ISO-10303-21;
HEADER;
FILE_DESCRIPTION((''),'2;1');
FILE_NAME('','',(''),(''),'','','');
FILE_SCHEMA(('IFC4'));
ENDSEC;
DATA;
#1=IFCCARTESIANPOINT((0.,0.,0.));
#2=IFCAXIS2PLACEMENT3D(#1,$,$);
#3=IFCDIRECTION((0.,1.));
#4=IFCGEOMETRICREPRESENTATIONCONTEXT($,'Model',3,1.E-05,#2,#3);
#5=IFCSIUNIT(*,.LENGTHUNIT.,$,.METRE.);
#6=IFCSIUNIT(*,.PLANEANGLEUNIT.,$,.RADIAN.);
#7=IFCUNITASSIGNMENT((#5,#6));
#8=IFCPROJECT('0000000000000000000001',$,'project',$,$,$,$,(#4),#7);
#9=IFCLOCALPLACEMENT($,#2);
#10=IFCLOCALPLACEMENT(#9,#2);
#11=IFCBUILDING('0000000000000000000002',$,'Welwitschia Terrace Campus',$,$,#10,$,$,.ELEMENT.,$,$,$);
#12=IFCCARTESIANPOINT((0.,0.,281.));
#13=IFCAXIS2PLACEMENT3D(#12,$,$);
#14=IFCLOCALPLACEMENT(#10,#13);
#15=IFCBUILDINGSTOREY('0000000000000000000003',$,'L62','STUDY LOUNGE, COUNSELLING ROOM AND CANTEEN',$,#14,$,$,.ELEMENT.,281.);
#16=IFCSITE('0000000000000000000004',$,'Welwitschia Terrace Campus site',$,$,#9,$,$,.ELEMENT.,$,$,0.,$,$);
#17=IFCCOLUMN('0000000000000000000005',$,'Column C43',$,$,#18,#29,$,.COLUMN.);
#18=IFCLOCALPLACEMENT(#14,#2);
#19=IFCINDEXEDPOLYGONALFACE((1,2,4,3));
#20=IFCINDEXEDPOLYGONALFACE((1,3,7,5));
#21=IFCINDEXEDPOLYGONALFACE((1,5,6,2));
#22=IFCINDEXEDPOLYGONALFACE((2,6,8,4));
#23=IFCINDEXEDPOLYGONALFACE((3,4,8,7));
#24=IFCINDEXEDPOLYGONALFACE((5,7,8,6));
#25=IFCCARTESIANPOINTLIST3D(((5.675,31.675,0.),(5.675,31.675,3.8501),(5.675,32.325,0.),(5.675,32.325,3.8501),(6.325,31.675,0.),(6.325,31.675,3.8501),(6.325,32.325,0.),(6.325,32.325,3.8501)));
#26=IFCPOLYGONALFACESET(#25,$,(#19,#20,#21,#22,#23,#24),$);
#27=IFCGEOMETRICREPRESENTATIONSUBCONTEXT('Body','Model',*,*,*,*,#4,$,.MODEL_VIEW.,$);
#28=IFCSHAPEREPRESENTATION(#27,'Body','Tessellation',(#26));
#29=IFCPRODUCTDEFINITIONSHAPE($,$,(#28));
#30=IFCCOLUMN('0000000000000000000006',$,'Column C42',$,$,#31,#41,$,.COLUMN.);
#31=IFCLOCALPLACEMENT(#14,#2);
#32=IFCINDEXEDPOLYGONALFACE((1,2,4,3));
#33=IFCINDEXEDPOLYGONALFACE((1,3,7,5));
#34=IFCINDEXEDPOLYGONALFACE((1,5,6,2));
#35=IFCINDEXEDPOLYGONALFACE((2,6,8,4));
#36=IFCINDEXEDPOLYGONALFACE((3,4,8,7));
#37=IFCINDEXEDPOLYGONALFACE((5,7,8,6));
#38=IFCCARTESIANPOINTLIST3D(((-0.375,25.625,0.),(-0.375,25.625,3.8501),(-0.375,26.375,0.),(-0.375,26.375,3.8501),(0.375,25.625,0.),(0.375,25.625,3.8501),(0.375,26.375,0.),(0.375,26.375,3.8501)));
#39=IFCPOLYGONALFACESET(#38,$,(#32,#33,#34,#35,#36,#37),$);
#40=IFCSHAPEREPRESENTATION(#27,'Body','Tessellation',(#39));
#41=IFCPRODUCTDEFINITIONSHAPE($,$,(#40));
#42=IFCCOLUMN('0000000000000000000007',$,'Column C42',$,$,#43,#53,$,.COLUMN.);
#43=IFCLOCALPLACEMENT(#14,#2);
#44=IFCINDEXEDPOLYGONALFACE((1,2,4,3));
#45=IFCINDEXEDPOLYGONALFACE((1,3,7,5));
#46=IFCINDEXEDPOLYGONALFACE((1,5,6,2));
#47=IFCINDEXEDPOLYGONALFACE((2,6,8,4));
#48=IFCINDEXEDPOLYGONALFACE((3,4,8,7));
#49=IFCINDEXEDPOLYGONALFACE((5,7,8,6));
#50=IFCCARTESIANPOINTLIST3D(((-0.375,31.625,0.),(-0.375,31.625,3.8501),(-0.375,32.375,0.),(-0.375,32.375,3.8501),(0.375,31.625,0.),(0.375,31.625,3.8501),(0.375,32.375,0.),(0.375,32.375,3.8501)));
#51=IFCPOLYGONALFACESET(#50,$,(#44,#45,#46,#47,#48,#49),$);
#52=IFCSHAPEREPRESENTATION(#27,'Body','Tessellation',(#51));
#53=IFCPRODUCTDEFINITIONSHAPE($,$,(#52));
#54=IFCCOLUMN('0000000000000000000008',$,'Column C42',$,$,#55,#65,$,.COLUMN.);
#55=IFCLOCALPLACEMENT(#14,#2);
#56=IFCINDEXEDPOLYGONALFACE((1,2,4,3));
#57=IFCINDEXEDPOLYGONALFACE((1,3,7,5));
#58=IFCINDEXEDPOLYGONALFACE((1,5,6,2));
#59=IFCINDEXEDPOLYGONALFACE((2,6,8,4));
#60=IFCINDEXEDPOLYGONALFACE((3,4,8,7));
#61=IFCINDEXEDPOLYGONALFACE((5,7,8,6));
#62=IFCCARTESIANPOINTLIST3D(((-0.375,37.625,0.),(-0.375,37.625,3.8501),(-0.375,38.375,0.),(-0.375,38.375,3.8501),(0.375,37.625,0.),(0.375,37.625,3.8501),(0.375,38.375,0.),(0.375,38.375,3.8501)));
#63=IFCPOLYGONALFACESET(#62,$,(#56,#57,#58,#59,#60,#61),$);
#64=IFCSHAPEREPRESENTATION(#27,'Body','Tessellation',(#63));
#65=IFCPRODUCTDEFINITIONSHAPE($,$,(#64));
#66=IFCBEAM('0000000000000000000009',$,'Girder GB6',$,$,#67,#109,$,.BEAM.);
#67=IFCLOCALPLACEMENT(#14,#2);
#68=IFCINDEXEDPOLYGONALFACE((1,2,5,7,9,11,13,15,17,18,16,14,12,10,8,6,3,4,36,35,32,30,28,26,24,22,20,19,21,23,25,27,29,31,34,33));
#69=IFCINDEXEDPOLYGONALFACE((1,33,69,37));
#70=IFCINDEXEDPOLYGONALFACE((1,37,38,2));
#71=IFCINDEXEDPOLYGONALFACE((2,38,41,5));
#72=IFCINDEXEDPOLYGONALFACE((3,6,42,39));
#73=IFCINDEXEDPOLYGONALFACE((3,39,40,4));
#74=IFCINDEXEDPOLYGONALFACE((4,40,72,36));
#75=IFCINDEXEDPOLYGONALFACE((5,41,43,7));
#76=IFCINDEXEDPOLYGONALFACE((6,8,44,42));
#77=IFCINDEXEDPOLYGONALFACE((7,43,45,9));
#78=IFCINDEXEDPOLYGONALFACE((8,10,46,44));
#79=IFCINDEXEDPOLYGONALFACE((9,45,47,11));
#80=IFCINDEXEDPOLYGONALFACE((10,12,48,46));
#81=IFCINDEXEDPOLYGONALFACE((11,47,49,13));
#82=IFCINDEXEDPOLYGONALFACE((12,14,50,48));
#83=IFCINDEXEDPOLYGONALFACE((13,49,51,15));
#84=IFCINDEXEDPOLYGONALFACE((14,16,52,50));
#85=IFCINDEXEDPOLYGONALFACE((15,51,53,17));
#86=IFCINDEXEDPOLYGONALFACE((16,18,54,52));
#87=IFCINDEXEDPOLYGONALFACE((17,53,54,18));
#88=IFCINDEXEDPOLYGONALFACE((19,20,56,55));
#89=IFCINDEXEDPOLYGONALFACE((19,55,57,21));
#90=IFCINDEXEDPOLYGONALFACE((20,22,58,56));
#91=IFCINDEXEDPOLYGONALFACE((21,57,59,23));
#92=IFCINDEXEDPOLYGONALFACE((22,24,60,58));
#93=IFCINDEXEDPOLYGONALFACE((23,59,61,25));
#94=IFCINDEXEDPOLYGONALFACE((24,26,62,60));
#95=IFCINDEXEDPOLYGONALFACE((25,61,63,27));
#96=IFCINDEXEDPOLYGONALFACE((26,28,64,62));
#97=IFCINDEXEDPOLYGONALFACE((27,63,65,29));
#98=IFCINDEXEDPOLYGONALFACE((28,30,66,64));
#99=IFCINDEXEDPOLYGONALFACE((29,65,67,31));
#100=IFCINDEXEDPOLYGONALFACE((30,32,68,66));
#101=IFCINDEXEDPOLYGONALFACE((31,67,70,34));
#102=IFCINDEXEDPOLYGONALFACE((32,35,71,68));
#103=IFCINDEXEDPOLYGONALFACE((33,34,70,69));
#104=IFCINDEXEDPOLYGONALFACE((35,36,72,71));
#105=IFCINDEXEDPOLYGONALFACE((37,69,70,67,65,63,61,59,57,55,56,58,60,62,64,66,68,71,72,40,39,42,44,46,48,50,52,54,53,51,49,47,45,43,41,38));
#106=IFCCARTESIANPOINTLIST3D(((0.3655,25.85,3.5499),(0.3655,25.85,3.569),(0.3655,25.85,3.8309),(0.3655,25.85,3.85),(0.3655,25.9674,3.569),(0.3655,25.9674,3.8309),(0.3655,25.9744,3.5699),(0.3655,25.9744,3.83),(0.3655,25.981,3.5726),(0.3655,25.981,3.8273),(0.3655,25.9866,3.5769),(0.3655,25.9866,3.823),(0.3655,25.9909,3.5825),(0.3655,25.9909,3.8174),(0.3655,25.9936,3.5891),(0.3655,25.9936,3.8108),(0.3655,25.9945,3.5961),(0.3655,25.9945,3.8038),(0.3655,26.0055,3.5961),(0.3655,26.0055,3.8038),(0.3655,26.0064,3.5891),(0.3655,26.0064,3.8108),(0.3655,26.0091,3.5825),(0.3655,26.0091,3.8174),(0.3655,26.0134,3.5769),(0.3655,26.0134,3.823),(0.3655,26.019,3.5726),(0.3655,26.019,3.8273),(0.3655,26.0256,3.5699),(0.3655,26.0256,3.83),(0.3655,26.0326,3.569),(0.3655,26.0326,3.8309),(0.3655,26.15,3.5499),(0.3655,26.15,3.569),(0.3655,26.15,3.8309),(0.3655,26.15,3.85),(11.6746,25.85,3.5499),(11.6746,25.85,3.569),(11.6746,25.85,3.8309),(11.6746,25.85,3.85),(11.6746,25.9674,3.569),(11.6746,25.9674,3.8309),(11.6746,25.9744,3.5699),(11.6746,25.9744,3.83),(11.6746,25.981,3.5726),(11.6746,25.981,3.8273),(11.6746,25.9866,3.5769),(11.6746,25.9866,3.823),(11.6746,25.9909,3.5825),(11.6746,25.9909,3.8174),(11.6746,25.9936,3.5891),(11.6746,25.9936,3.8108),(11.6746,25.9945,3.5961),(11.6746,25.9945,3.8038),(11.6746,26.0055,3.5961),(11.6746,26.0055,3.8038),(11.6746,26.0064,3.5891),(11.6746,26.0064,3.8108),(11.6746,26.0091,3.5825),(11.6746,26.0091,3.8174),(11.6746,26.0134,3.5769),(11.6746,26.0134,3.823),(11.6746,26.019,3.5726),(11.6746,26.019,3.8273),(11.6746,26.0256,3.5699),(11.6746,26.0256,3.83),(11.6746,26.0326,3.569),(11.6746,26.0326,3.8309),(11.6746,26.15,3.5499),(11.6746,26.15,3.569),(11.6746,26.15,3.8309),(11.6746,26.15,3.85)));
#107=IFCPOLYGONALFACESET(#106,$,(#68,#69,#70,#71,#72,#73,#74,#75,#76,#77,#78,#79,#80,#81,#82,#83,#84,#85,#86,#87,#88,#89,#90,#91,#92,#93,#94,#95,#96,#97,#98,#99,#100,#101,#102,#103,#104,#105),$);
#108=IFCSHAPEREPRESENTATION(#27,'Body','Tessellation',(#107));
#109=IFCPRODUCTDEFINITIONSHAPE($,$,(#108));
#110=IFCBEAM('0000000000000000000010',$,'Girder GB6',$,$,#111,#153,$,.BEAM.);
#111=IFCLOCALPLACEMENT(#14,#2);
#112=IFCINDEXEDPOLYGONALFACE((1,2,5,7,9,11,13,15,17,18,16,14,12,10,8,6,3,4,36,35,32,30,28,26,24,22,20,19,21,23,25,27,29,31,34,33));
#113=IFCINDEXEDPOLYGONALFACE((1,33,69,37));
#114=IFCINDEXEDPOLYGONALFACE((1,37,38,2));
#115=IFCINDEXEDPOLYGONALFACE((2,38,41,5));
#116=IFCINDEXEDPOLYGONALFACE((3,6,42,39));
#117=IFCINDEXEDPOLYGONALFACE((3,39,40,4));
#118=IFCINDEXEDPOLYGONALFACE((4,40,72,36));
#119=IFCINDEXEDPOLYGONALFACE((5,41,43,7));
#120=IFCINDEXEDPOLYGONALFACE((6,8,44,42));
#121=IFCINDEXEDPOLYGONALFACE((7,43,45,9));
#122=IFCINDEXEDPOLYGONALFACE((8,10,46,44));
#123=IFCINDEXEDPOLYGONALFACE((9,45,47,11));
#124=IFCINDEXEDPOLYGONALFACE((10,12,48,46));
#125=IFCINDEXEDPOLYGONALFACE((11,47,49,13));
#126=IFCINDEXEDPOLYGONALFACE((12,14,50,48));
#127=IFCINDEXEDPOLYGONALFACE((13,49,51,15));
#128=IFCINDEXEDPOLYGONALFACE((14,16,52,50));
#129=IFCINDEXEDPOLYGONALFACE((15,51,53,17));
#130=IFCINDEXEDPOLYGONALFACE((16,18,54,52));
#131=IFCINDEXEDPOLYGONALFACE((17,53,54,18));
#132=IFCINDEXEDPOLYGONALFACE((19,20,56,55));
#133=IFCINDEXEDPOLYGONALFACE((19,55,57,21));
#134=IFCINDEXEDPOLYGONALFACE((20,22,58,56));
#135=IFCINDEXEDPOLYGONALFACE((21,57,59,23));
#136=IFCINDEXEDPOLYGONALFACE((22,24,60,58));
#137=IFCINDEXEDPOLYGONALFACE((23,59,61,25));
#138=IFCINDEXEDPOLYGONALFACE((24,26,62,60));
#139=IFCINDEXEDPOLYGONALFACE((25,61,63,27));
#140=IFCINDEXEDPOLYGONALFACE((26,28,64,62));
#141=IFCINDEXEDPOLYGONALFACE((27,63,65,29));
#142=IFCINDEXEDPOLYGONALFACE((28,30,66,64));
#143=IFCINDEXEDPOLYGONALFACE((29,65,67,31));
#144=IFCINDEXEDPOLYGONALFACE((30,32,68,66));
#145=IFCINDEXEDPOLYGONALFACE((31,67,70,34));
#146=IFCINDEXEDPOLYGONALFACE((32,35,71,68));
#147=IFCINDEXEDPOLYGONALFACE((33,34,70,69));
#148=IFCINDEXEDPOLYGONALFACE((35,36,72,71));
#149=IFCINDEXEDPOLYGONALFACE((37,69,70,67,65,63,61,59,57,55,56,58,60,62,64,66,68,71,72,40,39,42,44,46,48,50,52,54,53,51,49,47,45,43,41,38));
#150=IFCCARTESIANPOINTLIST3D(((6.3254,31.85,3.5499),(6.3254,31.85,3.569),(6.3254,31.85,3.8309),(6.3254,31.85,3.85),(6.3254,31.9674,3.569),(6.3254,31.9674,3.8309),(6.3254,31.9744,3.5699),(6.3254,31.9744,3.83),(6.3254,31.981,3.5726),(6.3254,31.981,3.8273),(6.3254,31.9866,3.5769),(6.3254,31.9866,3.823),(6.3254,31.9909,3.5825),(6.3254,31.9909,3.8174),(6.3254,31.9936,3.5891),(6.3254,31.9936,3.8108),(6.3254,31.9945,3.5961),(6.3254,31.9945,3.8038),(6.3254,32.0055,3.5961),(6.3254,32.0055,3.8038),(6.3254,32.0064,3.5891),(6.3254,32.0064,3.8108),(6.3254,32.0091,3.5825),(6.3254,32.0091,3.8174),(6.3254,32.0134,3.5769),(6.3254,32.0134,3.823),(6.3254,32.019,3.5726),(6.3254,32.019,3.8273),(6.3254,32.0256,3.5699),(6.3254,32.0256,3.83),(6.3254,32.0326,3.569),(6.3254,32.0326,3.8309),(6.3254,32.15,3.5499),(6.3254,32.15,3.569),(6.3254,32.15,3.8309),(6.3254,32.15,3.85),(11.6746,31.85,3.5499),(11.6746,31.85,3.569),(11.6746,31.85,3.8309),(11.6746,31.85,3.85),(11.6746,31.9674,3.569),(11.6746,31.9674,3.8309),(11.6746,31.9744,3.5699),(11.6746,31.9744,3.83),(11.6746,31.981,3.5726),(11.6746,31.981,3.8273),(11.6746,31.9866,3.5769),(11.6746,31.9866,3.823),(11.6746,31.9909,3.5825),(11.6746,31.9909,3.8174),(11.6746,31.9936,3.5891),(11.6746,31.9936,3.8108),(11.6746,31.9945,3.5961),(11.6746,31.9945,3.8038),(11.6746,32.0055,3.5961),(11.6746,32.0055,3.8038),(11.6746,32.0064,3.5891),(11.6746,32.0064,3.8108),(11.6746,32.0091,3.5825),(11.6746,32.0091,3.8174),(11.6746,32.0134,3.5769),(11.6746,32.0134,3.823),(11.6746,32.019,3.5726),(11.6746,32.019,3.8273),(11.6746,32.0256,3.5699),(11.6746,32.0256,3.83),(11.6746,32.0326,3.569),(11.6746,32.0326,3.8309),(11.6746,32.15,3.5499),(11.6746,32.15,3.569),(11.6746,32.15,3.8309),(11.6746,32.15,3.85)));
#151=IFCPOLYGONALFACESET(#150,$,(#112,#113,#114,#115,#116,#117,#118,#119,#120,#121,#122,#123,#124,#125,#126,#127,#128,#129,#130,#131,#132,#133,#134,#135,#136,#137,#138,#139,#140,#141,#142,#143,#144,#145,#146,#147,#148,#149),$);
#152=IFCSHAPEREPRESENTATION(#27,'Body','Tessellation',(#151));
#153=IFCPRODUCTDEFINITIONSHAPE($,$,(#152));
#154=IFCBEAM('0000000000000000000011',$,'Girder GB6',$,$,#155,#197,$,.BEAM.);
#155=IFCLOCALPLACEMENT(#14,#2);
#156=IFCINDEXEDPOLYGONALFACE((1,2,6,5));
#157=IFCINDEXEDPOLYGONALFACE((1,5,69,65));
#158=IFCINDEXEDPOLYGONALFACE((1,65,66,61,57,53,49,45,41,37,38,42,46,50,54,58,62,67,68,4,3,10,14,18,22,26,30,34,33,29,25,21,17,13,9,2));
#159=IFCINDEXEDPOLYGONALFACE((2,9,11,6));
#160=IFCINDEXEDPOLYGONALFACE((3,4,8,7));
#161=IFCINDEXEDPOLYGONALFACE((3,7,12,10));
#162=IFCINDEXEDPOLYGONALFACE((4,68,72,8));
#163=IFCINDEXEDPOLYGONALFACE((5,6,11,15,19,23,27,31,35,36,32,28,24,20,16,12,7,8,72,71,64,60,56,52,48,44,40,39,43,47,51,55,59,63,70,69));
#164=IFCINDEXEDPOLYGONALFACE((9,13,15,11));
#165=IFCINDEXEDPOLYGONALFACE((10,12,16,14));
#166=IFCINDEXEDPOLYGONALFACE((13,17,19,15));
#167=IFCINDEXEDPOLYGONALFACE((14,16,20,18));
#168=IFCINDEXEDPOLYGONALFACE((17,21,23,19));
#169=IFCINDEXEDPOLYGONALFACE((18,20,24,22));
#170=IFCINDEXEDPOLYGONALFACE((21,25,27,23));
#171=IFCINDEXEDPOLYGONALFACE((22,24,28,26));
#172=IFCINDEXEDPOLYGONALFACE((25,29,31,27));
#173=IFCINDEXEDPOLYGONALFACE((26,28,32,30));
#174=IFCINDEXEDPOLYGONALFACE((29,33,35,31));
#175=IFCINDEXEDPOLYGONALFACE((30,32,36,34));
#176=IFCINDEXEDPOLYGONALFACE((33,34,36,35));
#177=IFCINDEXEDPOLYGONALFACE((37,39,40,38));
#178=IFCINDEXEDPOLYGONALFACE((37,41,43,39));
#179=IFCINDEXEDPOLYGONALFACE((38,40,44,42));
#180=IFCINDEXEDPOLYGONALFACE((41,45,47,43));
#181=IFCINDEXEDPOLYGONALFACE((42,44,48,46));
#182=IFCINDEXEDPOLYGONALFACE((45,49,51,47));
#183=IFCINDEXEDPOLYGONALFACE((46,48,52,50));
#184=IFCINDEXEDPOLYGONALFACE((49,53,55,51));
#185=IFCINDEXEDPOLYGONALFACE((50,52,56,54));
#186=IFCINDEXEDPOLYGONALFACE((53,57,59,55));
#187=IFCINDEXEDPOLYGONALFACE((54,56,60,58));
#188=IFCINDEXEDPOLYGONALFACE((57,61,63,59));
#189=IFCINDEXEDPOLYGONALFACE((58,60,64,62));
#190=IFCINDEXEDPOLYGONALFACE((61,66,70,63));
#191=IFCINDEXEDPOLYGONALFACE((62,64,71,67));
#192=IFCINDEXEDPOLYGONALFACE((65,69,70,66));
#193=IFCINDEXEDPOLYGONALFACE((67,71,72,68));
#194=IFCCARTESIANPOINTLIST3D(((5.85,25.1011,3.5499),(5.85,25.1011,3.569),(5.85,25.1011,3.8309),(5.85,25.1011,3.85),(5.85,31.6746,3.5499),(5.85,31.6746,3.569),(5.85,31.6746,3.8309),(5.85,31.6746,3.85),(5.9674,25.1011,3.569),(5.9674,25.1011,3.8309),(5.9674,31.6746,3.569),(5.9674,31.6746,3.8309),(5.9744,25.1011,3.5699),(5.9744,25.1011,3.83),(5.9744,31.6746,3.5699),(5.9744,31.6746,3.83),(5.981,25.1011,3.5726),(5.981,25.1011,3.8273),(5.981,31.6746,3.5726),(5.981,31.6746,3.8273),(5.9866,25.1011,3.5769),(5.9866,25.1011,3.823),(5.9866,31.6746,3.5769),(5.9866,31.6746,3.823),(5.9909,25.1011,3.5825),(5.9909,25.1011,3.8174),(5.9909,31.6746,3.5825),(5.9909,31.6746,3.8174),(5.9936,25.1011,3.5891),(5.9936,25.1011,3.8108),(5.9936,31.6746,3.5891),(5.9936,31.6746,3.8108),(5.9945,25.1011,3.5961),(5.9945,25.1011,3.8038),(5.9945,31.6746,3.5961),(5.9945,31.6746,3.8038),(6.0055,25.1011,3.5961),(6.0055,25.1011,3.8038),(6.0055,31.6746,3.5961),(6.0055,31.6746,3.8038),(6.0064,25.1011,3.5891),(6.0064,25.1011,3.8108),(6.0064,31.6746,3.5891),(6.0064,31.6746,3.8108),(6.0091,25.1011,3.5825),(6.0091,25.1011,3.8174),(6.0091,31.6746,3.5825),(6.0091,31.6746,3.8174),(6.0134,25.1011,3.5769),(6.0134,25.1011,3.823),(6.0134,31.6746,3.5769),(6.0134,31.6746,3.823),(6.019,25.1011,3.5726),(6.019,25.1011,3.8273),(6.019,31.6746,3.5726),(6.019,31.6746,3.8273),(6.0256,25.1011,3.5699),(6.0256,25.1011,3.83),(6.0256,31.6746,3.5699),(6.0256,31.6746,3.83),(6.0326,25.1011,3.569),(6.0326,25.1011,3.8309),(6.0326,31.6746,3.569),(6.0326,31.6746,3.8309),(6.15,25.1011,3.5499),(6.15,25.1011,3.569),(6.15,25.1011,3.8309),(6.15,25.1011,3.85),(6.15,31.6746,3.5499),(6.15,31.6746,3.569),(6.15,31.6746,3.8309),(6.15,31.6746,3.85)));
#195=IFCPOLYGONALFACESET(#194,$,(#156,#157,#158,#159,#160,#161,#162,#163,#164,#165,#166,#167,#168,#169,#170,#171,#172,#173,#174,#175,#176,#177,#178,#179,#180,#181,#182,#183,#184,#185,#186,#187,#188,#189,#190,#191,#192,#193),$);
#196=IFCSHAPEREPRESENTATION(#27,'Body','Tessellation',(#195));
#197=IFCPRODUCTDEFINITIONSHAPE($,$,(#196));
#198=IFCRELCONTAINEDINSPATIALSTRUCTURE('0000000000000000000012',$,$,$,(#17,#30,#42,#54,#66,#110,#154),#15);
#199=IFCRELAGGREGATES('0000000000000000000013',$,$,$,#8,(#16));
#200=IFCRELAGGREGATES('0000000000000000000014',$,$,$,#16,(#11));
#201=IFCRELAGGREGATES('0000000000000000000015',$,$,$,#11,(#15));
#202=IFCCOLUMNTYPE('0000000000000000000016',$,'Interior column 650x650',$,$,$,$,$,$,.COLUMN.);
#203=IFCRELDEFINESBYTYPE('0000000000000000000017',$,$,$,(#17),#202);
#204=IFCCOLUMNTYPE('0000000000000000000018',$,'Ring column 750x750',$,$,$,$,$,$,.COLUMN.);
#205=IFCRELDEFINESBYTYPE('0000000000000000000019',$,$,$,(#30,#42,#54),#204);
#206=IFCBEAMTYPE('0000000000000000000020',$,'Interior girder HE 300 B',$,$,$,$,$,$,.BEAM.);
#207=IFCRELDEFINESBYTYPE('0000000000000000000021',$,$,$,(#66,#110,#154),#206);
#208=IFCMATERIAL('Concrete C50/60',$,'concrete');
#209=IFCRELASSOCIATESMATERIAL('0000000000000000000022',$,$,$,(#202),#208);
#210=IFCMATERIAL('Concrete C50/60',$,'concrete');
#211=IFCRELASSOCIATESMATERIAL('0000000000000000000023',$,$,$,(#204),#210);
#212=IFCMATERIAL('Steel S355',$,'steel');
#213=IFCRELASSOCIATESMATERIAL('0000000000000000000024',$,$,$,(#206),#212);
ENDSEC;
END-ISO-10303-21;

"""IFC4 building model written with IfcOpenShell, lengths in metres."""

from ifc_helpers import new_model, si_unit, direction, frame, origin, origin_2d, place, context, subcontext, project, spatial, rectangle, i_section, extrude, material, material_profile, profile_set, type_object, element, save


model = new_model("IFC4")

# Units and contexts
model_context = context("Model", 3, precision=1e-05, world=origin(), true_north=direction((0.0, 1.0)))
body_context = subcontext(model_context, "Body", "Model", "MODEL_VIEW")
ifc_project = project(units=[si_unit("LENGTHUNIT", "METRE"), si_unit("PLANEANGLEUNIT", "RADIAN")], contexts=[model_context])

# Site, building, storey
site_placement = place(None, origin())
site = spatial("IfcSite", under=ifc_project, at=site_placement, Name="Welwitschia Terrace Campus site", CompositionType="ELEMENT", RefElevation=0.0)
building_placement = place(site_placement, origin())
building = spatial("IfcBuilding", under=site, at=building_placement, Name="Welwitschia Terrace Campus", CompositionType="ELEMENT")
storey_placement = place(building_placement, frame((0.0, 0.0, 281.0)))
storey = spatial("IfcBuildingStorey", under=building, at=storey_placement, Name="L62", Description="STUDY LOUNGE, COUNSELLING ROOM AND CANTEEN", CompositionType="ELEMENT", Elevation=281.0)

# Columns
ifc_material_1 = material(Name="Concrete C50/60", Category="concrete")
ifc_material_profile_1 = material_profile(ifc_material_1, rectangle(XDim=0.6499, YDim=0.6499, at=origin_2d()))
ifc_profile_set_1 = profile_set([ifc_material_profile_1], Name="Concrete C50/60")
column_type_1 = type_object("IfcColumnType", Name="Interior column 650x650", PredefinedType="COLUMN", material=ifc_profile_set_1)
column_placement = place(storey_placement, frame((6.0, 32.0, 0.0), z_axis=(0.0, 0.0, 1.0), x_axis=(1.0, 0.0, 0.0)))
element("IfcColumn", 1, at=column_placement, inside=storey, type_object=column_type_1, Name="Column C43", PredefinedType="COLUMN", context=body_context, shape_type="SweptSolid", body=[
    extrude(rectangle(XDim=0.6499, YDim=0.6499, at=origin_2d()), origin(), (0.0, 0.0, 1.0), 3.8501),
])
ifc_material_2 = material(Name="Concrete C50/60", Category="concrete")
ifc_material_profile_2 = material_profile(ifc_material_2, rectangle(XDim=0.75, YDim=0.75, at=origin_2d()))
ifc_profile_set_2 = profile_set([ifc_material_profile_2], Name="Concrete C50/60")
column_type_2 = type_object("IfcColumnType", Name="Ring column 750x750", PredefinedType="COLUMN", material=ifc_profile_set_2)
for number, where, z_axis, x_axis, name in (
    (2, (0.0, 26.0, 0.0), (0.0, 0.0, 1.0), (1.0, 0.0, 0.0), "Column C42"),
    (3, (0.0, 32.0, 0.0), (0.0, 0.0, 1.0), (1.0, 0.0, 0.0), "Column C42"),
    (4, (0.0, 38.0, 0.0), (0.0, 0.0, 1.0), (1.0, 0.0, 0.0), "Column C42"),
):
    element("IfcColumn", number, at=place(storey_placement, frame(where, z_axis=z_axis, x_axis=x_axis)), inside=storey, type_object=column_type_2, Name=name, PredefinedType="COLUMN", context=body_context, shape_type="SweptSolid", body=[
        extrude(rectangle(XDim=0.75, YDim=0.75, at=origin_2d()), origin(), (0.0, 0.0, 1.0), 3.8501),
    ])

# Beams
ifc_material_3 = material(Name="Steel S355", Category="steel")
ifc_material_profile_3 = material_profile(ifc_material_3, i_section(OverallWidth=0.3, OverallDepth=0.3, WebThickness=0.011, FlangeThickness=0.019, FilletRadius=0.0271, at=origin_2d()))
ifc_profile_set_3 = profile_set([ifc_material_profile_3], Name="Steel S355")
beam_type_1 = type_object("IfcBeamType", Name="Interior girder HE 300 B", PredefinedType="BEAM", material=ifc_profile_set_3)
beam_1_placement = place(storey_placement, frame((0.3655, 26.0, 3.7), z_axis=(1.0, 0.0, 0.0), x_axis=(0.0, 1.0, 0.0)))
element("IfcBeam", 5, at=beam_1_placement, inside=storey, type_object=beam_type_1, Name="Girder GB6", PredefinedType="BEAM", context=body_context, shape_type="SweptSolid", body=[
    extrude(i_section(OverallWidth=0.3, OverallDepth=0.3, WebThickness=0.011, FlangeThickness=0.019, FilletRadius=0.0271, at=origin_2d()), origin(), (0.0, 0.0, 1.0), 11.3091),
])
beam_2_placement = place(storey_placement, frame((6.3254, 32.0, 3.7), z_axis=(1.0, 0.0, 0.0), x_axis=(0.0, 1.0, 0.0)))
element("IfcBeam", 6, at=beam_2_placement, inside=storey, type_object=beam_type_1, Name="Girder GB6", PredefinedType="BEAM", context=body_context, shape_type="SweptSolid", body=[
    extrude(i_section(OverallWidth=0.3, OverallDepth=0.3, WebThickness=0.011, FlangeThickness=0.019, FilletRadius=0.0271, at=origin_2d()), origin(), (0.0, 0.0, 1.0), 5.3491),
])
beam_3_placement = place(storey_placement, frame((6.0, 25.1011, 3.7), z_axis=(0.0, 1.0, 0.0), x_axis=(-1.0, 0.0, 0.0)))
element("IfcBeam", 7, at=beam_3_placement, inside=storey, type_object=beam_type_1, Name="Girder GB6", PredefinedType="BEAM", context=body_context, shape_type="SweptSolid", body=[
    extrude(i_section(OverallWidth=0.3, OverallDepth=0.3, WebThickness=0.011, FlangeThickness=0.019, FilletRadius=0.0271, at=origin_2d()), origin(), (0.0, 0.0, 1.0), 6.5735),
])

save(model, "model.ifc")
